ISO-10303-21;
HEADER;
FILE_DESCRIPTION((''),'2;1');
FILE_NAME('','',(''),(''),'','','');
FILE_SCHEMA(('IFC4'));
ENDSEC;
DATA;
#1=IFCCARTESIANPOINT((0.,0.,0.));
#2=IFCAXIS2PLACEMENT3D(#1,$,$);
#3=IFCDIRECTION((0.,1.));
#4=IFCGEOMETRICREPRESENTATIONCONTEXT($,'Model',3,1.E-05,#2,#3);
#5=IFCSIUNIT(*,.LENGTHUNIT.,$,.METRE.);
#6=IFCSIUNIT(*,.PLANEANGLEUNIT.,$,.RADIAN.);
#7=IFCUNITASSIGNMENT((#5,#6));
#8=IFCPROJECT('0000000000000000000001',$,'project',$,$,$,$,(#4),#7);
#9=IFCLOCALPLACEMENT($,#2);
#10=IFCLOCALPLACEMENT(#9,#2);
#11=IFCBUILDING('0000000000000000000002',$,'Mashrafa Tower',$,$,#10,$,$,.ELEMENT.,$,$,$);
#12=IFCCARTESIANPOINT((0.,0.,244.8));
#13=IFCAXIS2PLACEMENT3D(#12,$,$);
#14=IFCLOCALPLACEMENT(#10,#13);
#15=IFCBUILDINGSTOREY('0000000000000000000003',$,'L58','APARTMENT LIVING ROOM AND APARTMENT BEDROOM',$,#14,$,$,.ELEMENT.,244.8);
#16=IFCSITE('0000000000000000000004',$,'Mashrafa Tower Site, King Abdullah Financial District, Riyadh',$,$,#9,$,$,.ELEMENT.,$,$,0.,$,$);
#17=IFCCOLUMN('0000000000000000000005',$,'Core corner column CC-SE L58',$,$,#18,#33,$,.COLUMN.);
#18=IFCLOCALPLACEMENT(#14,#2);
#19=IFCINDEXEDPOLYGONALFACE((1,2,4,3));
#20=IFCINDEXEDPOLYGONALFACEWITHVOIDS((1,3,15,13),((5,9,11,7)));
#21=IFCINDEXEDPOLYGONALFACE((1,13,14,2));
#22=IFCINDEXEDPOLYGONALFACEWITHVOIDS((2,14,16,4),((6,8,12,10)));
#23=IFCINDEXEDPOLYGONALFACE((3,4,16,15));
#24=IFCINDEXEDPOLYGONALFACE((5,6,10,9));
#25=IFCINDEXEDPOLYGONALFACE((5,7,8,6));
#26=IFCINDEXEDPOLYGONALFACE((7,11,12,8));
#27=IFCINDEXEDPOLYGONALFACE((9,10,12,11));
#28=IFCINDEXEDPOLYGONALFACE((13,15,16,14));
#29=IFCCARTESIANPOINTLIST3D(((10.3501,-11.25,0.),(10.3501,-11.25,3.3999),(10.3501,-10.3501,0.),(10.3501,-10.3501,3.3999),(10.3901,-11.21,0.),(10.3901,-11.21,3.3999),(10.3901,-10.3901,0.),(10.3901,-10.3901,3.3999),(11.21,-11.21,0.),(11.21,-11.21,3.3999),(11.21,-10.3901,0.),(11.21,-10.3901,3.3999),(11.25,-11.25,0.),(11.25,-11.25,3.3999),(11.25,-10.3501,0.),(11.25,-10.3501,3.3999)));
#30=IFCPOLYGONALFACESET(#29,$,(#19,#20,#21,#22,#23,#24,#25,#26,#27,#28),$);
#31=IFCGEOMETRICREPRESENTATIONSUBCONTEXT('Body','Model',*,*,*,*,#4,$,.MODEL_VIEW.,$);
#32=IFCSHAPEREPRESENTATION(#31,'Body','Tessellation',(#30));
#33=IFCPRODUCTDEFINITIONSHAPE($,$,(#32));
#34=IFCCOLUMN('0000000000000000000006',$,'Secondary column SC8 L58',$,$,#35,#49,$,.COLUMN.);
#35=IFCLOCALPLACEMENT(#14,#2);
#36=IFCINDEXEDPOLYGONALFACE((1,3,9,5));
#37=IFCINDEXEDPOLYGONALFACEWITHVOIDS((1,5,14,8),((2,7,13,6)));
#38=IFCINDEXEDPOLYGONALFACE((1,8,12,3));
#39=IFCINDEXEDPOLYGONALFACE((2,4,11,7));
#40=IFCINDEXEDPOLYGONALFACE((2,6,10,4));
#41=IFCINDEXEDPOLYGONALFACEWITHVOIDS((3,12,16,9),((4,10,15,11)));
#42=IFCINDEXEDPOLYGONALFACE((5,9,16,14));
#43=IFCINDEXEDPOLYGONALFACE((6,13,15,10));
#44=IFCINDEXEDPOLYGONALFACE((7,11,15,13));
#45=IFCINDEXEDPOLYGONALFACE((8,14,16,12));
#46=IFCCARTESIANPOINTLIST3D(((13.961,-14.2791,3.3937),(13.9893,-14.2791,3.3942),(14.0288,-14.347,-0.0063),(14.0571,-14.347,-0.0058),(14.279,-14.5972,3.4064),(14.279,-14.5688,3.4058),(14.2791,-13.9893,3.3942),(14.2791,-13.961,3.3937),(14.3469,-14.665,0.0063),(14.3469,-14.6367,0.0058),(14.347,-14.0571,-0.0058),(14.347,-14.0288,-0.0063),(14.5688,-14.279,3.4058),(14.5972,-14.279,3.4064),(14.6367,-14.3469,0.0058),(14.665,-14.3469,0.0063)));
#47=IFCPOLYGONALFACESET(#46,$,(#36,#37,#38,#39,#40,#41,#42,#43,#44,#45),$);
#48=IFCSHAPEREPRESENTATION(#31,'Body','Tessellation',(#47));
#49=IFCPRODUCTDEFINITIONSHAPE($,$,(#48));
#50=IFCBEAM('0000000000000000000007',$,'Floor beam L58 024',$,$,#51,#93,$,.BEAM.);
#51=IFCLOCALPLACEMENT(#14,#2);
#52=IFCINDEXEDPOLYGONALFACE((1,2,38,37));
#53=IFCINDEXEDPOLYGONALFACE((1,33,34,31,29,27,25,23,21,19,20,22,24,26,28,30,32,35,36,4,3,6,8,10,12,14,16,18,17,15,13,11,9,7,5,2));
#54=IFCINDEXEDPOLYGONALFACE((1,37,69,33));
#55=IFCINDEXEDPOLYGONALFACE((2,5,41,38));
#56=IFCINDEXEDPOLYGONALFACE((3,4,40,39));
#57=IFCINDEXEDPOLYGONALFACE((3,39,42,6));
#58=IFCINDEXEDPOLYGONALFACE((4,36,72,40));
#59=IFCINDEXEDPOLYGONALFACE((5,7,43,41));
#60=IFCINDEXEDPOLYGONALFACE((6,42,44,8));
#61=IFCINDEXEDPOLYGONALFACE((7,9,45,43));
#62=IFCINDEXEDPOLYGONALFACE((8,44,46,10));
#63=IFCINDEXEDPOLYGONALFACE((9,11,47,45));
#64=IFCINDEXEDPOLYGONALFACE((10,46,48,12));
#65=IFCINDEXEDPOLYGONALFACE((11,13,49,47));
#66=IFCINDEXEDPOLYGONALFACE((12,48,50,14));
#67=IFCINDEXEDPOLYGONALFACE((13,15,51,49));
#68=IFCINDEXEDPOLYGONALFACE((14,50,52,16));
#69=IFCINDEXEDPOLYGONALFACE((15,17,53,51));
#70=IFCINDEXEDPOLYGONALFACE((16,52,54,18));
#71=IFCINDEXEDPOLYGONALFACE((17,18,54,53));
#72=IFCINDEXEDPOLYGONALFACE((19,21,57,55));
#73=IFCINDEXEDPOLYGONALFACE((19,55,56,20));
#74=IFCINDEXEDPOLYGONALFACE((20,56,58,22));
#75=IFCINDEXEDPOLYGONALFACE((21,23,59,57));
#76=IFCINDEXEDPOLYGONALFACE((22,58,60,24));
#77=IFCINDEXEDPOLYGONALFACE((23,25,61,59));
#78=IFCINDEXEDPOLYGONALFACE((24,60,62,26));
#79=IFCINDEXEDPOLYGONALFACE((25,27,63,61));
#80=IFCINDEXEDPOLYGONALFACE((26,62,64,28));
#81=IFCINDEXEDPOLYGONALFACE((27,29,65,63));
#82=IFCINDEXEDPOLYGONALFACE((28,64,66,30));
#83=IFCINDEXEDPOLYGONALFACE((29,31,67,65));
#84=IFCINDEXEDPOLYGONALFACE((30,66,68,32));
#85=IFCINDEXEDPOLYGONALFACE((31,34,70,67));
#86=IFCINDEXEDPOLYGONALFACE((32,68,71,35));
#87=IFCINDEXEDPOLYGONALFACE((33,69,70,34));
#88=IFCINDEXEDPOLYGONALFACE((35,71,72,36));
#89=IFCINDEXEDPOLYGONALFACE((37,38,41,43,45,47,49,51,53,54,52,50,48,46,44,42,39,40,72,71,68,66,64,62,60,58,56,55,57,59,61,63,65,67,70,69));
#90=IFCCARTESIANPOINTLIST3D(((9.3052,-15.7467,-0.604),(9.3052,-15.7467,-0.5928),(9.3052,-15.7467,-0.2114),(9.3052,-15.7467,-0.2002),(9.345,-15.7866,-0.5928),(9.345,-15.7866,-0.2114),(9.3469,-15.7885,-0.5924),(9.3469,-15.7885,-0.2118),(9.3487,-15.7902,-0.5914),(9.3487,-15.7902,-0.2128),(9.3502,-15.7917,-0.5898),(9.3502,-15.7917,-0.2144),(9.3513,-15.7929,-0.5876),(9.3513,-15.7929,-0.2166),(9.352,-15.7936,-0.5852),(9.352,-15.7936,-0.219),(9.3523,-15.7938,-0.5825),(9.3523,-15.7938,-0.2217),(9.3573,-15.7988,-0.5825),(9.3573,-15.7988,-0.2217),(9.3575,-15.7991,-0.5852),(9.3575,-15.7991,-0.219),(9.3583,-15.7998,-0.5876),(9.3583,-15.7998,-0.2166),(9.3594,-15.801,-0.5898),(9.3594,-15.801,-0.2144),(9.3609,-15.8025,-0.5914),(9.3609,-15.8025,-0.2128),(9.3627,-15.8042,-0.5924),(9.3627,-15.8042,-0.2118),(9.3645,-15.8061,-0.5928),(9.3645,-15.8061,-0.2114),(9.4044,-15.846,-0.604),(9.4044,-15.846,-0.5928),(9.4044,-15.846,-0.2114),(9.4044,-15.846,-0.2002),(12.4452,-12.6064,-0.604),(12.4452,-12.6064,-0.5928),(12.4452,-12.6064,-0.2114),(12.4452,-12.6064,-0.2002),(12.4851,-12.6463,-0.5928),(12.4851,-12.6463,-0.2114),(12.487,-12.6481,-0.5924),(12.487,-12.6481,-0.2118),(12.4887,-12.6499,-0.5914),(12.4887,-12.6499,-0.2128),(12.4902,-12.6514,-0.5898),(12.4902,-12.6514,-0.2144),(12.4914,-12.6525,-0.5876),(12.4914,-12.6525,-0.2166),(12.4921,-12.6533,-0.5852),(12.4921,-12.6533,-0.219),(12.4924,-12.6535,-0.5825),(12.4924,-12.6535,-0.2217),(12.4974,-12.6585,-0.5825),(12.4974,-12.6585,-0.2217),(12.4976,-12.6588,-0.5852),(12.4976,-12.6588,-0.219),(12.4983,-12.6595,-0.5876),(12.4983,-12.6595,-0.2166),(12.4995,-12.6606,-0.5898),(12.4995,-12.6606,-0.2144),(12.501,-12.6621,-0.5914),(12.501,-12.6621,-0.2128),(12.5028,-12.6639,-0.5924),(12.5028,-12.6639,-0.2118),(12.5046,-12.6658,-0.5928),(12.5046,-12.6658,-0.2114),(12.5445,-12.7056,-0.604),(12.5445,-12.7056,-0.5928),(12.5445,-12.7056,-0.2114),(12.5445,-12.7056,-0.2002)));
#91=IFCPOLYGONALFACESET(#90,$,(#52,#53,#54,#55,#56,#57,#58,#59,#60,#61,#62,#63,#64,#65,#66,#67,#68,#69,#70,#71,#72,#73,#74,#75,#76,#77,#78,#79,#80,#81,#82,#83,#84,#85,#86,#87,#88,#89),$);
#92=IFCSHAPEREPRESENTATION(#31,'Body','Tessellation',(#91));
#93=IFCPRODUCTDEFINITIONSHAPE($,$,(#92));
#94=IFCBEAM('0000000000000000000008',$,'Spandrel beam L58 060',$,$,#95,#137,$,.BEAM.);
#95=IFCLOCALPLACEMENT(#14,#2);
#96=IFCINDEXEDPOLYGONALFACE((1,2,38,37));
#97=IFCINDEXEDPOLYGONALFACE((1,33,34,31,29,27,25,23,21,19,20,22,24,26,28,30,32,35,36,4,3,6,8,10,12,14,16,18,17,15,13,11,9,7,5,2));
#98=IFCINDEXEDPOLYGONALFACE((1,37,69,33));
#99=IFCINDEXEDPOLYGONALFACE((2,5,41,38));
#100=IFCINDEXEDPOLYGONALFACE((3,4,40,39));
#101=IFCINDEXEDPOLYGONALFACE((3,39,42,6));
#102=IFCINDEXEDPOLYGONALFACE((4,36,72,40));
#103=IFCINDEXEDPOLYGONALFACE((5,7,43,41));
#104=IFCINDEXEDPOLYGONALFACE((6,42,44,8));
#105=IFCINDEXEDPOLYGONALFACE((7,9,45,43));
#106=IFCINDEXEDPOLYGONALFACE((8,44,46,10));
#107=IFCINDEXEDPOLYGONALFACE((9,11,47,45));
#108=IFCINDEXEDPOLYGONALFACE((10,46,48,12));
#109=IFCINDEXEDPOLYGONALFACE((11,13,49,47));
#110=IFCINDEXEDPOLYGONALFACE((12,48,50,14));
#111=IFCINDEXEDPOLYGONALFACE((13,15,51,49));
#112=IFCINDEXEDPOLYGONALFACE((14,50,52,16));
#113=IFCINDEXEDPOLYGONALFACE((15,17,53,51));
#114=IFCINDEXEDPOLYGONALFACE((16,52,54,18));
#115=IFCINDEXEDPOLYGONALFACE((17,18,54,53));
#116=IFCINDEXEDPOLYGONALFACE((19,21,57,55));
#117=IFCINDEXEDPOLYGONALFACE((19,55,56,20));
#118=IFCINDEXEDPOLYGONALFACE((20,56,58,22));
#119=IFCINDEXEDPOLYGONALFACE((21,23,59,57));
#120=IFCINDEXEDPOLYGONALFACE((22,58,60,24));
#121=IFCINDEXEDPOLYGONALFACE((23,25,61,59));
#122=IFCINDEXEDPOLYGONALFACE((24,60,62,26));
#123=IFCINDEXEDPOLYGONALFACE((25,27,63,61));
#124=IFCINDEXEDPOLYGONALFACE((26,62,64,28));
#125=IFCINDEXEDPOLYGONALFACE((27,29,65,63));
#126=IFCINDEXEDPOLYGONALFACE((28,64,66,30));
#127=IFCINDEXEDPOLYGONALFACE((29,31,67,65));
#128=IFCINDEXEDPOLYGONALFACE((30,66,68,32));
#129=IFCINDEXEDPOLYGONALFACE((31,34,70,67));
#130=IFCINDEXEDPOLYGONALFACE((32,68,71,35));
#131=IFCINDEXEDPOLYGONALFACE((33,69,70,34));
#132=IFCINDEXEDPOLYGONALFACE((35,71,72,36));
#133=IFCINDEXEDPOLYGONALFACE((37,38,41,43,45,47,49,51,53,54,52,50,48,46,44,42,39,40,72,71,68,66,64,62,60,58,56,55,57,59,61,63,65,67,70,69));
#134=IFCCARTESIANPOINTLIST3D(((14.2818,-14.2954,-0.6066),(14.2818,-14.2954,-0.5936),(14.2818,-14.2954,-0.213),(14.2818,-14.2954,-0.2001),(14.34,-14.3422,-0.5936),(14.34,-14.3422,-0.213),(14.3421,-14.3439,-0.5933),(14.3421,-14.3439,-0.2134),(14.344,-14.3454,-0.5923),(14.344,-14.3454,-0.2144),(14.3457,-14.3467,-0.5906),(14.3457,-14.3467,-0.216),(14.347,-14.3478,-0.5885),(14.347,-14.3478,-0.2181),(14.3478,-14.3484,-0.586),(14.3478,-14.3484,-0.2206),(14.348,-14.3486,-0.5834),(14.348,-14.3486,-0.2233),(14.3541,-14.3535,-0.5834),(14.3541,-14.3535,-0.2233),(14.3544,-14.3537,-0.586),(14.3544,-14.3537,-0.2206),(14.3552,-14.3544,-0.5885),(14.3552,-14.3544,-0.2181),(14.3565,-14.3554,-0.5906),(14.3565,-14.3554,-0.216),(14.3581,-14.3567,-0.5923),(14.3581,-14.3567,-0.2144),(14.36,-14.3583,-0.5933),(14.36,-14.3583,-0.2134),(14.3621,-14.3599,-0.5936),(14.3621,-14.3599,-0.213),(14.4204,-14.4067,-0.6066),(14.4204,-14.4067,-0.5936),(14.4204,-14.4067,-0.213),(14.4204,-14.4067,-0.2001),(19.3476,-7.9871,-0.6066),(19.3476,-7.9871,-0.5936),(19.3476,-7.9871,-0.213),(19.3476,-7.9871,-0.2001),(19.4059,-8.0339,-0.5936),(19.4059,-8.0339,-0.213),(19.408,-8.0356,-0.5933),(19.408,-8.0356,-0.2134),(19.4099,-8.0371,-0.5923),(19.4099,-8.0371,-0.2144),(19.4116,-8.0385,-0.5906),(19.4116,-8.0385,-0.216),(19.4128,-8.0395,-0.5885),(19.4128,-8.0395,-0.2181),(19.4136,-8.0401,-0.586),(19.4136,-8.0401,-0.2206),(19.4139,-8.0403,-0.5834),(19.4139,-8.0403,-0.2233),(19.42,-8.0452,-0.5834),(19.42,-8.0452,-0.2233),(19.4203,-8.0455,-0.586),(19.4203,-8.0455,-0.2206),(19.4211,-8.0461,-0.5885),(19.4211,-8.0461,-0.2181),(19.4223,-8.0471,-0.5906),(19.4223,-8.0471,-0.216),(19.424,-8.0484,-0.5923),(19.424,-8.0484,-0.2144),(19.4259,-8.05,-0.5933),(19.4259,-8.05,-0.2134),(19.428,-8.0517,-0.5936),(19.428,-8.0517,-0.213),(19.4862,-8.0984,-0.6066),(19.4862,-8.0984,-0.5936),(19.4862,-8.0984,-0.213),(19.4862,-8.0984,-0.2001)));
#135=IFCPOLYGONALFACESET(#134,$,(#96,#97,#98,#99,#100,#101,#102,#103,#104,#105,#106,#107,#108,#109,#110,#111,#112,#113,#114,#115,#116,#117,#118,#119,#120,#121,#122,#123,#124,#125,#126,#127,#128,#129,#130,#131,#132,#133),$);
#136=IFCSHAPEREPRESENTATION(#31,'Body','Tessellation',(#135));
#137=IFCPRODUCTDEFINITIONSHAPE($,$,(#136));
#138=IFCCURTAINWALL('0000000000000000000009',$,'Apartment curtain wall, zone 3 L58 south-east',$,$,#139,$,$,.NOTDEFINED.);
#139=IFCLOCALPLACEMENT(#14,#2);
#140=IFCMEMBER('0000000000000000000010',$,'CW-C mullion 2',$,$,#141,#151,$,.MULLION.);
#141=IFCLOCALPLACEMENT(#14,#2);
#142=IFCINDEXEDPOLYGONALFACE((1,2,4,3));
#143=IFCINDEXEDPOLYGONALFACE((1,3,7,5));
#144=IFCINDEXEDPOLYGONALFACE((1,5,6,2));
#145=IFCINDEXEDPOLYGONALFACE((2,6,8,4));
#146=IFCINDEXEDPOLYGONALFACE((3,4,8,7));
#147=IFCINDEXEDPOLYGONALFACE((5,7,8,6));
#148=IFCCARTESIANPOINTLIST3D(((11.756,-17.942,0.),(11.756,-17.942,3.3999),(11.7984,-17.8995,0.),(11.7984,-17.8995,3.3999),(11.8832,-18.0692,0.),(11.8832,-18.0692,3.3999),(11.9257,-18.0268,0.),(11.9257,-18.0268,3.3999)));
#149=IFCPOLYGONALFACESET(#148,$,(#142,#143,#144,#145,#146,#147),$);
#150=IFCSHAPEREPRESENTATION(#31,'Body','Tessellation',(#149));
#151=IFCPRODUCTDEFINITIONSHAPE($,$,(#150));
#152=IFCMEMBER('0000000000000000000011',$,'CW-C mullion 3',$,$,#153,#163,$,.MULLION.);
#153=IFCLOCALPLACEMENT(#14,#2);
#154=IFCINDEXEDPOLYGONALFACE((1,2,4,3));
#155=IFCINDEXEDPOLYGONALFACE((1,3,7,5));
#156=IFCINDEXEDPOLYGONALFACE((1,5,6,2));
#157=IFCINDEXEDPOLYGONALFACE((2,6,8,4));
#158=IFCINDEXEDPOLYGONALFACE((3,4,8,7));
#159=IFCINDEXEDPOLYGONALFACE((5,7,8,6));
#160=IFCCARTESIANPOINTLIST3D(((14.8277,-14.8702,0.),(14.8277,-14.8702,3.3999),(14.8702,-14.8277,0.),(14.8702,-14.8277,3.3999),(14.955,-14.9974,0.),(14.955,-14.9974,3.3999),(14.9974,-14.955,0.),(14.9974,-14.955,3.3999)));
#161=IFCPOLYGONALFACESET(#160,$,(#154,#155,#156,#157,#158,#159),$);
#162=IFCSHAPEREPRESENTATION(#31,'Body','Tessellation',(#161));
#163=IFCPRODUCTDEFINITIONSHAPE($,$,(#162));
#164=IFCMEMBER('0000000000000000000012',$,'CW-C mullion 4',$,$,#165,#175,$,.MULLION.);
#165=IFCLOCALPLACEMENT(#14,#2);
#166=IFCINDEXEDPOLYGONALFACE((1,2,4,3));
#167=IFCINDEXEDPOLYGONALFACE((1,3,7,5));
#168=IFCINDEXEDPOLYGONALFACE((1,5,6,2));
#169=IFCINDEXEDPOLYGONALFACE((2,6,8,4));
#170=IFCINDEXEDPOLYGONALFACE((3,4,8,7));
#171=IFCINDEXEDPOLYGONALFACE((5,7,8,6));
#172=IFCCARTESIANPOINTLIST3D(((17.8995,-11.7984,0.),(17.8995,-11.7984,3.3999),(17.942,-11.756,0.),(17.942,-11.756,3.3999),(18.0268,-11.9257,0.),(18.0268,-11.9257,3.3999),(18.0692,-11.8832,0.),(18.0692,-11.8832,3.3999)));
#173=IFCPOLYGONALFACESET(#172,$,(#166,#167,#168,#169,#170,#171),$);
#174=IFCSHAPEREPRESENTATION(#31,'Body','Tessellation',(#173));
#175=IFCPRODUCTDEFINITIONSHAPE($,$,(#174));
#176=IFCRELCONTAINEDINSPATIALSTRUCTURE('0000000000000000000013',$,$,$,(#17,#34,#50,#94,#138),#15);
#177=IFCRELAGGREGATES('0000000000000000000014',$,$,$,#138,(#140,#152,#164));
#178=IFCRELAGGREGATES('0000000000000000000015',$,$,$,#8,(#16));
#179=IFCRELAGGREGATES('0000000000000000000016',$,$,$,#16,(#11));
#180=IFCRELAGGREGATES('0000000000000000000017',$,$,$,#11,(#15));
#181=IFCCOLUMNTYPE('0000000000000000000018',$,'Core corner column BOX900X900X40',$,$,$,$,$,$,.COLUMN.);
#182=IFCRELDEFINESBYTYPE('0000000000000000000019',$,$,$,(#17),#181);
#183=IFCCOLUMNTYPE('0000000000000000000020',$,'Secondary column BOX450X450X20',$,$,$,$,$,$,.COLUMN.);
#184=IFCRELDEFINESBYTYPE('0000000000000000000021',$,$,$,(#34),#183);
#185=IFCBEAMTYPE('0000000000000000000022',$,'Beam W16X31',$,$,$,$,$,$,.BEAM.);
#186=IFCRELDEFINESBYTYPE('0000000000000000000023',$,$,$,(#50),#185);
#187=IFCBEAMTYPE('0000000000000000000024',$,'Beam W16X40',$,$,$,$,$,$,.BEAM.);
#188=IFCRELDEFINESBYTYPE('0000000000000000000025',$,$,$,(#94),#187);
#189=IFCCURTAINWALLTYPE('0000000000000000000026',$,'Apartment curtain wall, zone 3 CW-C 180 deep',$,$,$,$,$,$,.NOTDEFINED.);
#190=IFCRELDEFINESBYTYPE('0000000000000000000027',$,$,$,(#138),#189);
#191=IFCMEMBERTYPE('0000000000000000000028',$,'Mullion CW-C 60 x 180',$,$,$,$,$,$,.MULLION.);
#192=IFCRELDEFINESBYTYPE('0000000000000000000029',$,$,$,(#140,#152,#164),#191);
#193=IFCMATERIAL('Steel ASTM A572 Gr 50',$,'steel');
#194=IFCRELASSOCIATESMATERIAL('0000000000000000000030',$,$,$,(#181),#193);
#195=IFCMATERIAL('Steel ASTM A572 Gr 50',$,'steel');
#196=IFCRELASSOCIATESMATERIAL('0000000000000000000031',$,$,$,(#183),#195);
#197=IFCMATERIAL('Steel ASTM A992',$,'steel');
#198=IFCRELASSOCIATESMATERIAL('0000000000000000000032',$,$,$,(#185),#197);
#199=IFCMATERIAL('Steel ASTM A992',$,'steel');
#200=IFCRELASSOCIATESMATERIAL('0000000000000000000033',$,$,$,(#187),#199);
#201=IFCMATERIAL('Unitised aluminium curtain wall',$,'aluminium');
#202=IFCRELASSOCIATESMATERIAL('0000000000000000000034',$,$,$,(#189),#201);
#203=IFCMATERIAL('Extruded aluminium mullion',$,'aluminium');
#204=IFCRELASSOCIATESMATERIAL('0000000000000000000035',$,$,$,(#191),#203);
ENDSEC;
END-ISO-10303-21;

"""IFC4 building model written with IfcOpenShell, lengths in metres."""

from ifc_helpers import new_model, si_unit, direction, frame, origin, origin_2d, place, context, subcontext, project, spatial, rectangle, hollow_rectangle, i_section, extrude, source, transform, mapped, material, material_profile, profile_set, type_object, type_shapes, element, aggregate, save


model = new_model("IFC4")

# Units and contexts
model_context = context("Model", 3, precision=1e-05, world=origin(), true_north=direction((0.0, 1.0)))
body_context = subcontext(model_context, "Body", "Model", "MODEL_VIEW")
ifc_project = project(units=[si_unit("LENGTHUNIT", "METRE"), si_unit("PLANEANGLEUNIT", "RADIAN")], contexts=[model_context])

# Site, building, storey
site_placement = place(None, origin())
site = spatial("IfcSite", under=ifc_project, at=site_placement, Name="Mashrafa Tower Site, King Abdullah Financial District, Riyadh", CompositionType="ELEMENT", RefElevation=0.0)
building_placement = place(site_placement, origin())
building = spatial("IfcBuilding", under=site, at=building_placement, Name="Mashrafa Tower", CompositionType="ELEMENT")
storey_placement = place(building_placement, frame((0.0, 0.0, 244.8)))
storey = spatial("IfcBuildingStorey", under=building, at=storey_placement, Name="L58", Description="APARTMENT LIVING ROOM AND APARTMENT BEDROOM", CompositionType="ELEMENT", Elevation=244.8)

# Columns
ifc_material_1 = material(Name="Steel ASTM A572 Gr 50", Category="steel")
ifc_material_profile_1 = material_profile(ifc_material_1, hollow_rectangle(XDim=0.8999, YDim=0.8999, WallThickness=0.04, at=origin_2d()), Name="BOX900X900X40")
ifc_profile_set_1 = profile_set([ifc_material_profile_1], Name="Steel ASTM A572 Gr 50")
column_type_1 = type_object("IfcColumnType", Name="Core corner column BOX900X900X40", PredefinedType="COLUMN", material=ifc_profile_set_1)
column_1_placement = place(storey_placement, frame((10.8, -10.8, 0.0), z_axis=(0.0, 0.0, 1.0), x_axis=(1.0, 0.0, 0.0)))
element("IfcColumn", 1, at=column_1_placement, inside=storey, type_object=column_type_1, Name="Core corner column CC-SE L58", PredefinedType="COLUMN", context=body_context, shape_type="SweptSolid", body=[
    extrude(hollow_rectangle(XDim=0.8999, YDim=0.8999, WallThickness=0.04, at=origin_2d()), origin(), (0.0, 0.0, 1.0), 3.3999),
])
ifc_material_2 = material(Name="Steel ASTM A572 Gr 50", Category="steel")
ifc_material_profile_2 = material_profile(ifc_material_2, hollow_rectangle(XDim=0.45, YDim=0.45, WallThickness=0.02, at=origin_2d()), Name="BOX450X450X20")
ifc_profile_set_2 = profile_set([ifc_material_profile_2], Name="Steel ASTM A572 Gr 50")
column_type_2 = type_object("IfcColumnType", Name="Secondary column BOX450X450X20", PredefinedType="COLUMN", material=ifc_profile_set_2)
column_2_placement = place(storey_placement, frame((14.3469, -14.3469, 0.0), z_axis=(-0.019955, 0.019955, 0.999602), x_axis=(-0.707107, -0.707107, 0.0)))
element("IfcColumn", 2, at=column_2_placement, inside=storey, type_object=column_type_2, Name="Secondary column SC8 L58", PredefinedType="COLUMN", context=body_context, shape_type="SweptSolid", body=[
    extrude(hollow_rectangle(XDim=0.45, YDim=0.45, WallThickness=0.02, at=origin_2d()), origin(), (0.0, 0.0, 1.0), 3.4014),
])

# Beams
ifc_material_3 = material(Name="Steel ASTM A992", Category="steel")
ifc_material_profile_3 = material_profile(ifc_material_3, i_section(OverallWidth=0.1404, OverallDepth=0.4038, WebThickness=0.0071, FlangeThickness=0.0112, FilletRadius=0.0103, at=origin_2d()), Name="W16X31")
ifc_profile_set_3 = profile_set([ifc_material_profile_3], Name="Steel ASTM A992")
beam_type_1 = type_object("IfcBeamType", Name="Beam W16X31", PredefinedType="BEAM", material=ifc_profile_set_3)
beam_1_placement = place(storey_placement, frame((12.4949, -12.656, -0.4021), z_axis=(-0.707079, -0.707134, 0.0), x_axis=(0.707134, -0.707079, 0.0)))
element("IfcBeam", 3, at=beam_1_placement, inside=storey, type_object=beam_type_1, Name="Floor beam L58 024", PredefinedType="BEAM", context=body_context, shape_type="SweptSolid", body=[
    extrude(i_section(OverallWidth=0.1404, OverallDepth=0.4038, WebThickness=0.0071, FlangeThickness=0.0112, FilletRadius=0.0103, at=origin_2d()), origin(), (0.0, 0.0, 1.0), 4.4409),
])
ifc_material_4 = material(Name="Steel ASTM A992", Category="steel")
ifc_material_profile_4 = material_profile(ifc_material_4, i_section(OverallWidth=0.1777, OverallDepth=0.4065, WebThickness=0.0078, FlangeThickness=0.0129, FilletRadius=0.0103, at=origin_2d()), Name="W16X40")
ifc_profile_set_4 = profile_set([ifc_material_profile_4], Name="Steel ASTM A992")
beam_type_2 = type_object("IfcBeamType", Name="Beam W16X40", PredefinedType="BEAM", material=ifc_profile_set_4)
beam_2_placement = place(storey_placement, frame((14.3511, -14.3511, -0.4033), z_axis=(0.626144, 0.779708, 0.0), x_axis=(-0.779708, 0.626144, 0.0)))
element("IfcBeam", 4, at=beam_2_placement, inside=storey, type_object=beam_type_2, Name="Spandrel beam L58 060", PredefinedType="BEAM", context=body_context, shape_type="SweptSolid", body=[
    extrude(i_section(OverallWidth=0.1777, OverallDepth=0.4065, WebThickness=0.0078, FlangeThickness=0.0129, FilletRadius=0.0103, at=origin_2d()), origin(), (0.0, 0.0, 1.0), 8.0906),
])

# Curtain wall, members
ifc_material_5 = material(Name="Unitised aluminium curtain wall", Category="aluminium")
curtain_wall_type = type_object("IfcCurtainWallType", Name="Apartment curtain wall, zone 3 CW-C 180 deep", PredefinedType="NOTDEFINED", material=ifc_material_5)
curtain_wall_placement = place(storey_placement, origin())
curtain_wall = element("IfcCurtainWall", 5, at=curtain_wall_placement, inside=storey, type_object=curtain_wall_type, Name="Apartment curtain wall, zone 3 L58 south-east", PredefinedType="NOTDEFINED")
ifc_material_6 = material(Name="Extruded aluminium mullion", Category="aluminium")
ifc_material_profile_5 = material_profile(ifc_material_6, rectangle(XDim=0.1799, YDim=0.0601, at=origin_2d()), Name="Mullion 60x180")
ifc_profile_set_5 = profile_set([ifc_material_profile_5], Name="Extruded aluminium mullion")
member_type_1 = type_object("IfcMemberType", Name="Mullion CW-C 60 x 180", PredefinedType="MULLION", material=ifc_profile_set_5)
shared_shape_1 = source(origin(), body_context, "Body", "SweptSolid", [
    extrude(rectangle(XDim=0.1799, YDim=0.0601, at=origin_2d()), origin(), (0.0, 0.0, 1.0), 3.3999),
])
type_shapes(member_type_1, [shared_shape_1])
member_1_placement = place(storey_placement, frame((11.8408, -17.9844, 0.0), z_axis=(0.0, 0.0, 1.0), x_axis=(-0.707107, 0.707107, 0.0)))
member_1 = element("IfcMember", 6, at=member_1_placement, type_object=member_type_1, Name="CW-C mullion 2", PredefinedType="MULLION", context=body_context, shape_type="MappedRepresentation", body=[
    mapped(shared_shape_1, transform((0.0, 0.0, 0.0))),
])
member_2_placement = place(storey_placement, frame((14.9126, -14.9126, 0.0), z_axis=(0.0, 0.0, 1.0), x_axis=(-0.707107, 0.707107, 0.0)))
member_2 = element("IfcMember", 7, at=member_2_placement, type_object=member_type_1, Name="CW-C mullion 3", PredefinedType="MULLION", context=body_context, shape_type="MappedRepresentation", body=[
    mapped(shared_shape_1, transform((0.0, 0.0, 0.0))),
])
member_3_placement = place(storey_placement, frame((17.9844, -11.8408, 0.0), z_axis=(0.0, 0.0, 1.0), x_axis=(-0.707107, 0.707107, 0.0)))
member_3 = element("IfcMember", 8, at=member_3_placement, type_object=member_type_1, Name="CW-C mullion 4", PredefinedType="MULLION", context=body_context, shape_type="MappedRepresentation", body=[
    mapped(shared_shape_1, transform((0.0, 0.0, 0.0))),
])
aggregate(curtain_wall, [member_1, member_2, member_3])

save(model, "model.ifc")
